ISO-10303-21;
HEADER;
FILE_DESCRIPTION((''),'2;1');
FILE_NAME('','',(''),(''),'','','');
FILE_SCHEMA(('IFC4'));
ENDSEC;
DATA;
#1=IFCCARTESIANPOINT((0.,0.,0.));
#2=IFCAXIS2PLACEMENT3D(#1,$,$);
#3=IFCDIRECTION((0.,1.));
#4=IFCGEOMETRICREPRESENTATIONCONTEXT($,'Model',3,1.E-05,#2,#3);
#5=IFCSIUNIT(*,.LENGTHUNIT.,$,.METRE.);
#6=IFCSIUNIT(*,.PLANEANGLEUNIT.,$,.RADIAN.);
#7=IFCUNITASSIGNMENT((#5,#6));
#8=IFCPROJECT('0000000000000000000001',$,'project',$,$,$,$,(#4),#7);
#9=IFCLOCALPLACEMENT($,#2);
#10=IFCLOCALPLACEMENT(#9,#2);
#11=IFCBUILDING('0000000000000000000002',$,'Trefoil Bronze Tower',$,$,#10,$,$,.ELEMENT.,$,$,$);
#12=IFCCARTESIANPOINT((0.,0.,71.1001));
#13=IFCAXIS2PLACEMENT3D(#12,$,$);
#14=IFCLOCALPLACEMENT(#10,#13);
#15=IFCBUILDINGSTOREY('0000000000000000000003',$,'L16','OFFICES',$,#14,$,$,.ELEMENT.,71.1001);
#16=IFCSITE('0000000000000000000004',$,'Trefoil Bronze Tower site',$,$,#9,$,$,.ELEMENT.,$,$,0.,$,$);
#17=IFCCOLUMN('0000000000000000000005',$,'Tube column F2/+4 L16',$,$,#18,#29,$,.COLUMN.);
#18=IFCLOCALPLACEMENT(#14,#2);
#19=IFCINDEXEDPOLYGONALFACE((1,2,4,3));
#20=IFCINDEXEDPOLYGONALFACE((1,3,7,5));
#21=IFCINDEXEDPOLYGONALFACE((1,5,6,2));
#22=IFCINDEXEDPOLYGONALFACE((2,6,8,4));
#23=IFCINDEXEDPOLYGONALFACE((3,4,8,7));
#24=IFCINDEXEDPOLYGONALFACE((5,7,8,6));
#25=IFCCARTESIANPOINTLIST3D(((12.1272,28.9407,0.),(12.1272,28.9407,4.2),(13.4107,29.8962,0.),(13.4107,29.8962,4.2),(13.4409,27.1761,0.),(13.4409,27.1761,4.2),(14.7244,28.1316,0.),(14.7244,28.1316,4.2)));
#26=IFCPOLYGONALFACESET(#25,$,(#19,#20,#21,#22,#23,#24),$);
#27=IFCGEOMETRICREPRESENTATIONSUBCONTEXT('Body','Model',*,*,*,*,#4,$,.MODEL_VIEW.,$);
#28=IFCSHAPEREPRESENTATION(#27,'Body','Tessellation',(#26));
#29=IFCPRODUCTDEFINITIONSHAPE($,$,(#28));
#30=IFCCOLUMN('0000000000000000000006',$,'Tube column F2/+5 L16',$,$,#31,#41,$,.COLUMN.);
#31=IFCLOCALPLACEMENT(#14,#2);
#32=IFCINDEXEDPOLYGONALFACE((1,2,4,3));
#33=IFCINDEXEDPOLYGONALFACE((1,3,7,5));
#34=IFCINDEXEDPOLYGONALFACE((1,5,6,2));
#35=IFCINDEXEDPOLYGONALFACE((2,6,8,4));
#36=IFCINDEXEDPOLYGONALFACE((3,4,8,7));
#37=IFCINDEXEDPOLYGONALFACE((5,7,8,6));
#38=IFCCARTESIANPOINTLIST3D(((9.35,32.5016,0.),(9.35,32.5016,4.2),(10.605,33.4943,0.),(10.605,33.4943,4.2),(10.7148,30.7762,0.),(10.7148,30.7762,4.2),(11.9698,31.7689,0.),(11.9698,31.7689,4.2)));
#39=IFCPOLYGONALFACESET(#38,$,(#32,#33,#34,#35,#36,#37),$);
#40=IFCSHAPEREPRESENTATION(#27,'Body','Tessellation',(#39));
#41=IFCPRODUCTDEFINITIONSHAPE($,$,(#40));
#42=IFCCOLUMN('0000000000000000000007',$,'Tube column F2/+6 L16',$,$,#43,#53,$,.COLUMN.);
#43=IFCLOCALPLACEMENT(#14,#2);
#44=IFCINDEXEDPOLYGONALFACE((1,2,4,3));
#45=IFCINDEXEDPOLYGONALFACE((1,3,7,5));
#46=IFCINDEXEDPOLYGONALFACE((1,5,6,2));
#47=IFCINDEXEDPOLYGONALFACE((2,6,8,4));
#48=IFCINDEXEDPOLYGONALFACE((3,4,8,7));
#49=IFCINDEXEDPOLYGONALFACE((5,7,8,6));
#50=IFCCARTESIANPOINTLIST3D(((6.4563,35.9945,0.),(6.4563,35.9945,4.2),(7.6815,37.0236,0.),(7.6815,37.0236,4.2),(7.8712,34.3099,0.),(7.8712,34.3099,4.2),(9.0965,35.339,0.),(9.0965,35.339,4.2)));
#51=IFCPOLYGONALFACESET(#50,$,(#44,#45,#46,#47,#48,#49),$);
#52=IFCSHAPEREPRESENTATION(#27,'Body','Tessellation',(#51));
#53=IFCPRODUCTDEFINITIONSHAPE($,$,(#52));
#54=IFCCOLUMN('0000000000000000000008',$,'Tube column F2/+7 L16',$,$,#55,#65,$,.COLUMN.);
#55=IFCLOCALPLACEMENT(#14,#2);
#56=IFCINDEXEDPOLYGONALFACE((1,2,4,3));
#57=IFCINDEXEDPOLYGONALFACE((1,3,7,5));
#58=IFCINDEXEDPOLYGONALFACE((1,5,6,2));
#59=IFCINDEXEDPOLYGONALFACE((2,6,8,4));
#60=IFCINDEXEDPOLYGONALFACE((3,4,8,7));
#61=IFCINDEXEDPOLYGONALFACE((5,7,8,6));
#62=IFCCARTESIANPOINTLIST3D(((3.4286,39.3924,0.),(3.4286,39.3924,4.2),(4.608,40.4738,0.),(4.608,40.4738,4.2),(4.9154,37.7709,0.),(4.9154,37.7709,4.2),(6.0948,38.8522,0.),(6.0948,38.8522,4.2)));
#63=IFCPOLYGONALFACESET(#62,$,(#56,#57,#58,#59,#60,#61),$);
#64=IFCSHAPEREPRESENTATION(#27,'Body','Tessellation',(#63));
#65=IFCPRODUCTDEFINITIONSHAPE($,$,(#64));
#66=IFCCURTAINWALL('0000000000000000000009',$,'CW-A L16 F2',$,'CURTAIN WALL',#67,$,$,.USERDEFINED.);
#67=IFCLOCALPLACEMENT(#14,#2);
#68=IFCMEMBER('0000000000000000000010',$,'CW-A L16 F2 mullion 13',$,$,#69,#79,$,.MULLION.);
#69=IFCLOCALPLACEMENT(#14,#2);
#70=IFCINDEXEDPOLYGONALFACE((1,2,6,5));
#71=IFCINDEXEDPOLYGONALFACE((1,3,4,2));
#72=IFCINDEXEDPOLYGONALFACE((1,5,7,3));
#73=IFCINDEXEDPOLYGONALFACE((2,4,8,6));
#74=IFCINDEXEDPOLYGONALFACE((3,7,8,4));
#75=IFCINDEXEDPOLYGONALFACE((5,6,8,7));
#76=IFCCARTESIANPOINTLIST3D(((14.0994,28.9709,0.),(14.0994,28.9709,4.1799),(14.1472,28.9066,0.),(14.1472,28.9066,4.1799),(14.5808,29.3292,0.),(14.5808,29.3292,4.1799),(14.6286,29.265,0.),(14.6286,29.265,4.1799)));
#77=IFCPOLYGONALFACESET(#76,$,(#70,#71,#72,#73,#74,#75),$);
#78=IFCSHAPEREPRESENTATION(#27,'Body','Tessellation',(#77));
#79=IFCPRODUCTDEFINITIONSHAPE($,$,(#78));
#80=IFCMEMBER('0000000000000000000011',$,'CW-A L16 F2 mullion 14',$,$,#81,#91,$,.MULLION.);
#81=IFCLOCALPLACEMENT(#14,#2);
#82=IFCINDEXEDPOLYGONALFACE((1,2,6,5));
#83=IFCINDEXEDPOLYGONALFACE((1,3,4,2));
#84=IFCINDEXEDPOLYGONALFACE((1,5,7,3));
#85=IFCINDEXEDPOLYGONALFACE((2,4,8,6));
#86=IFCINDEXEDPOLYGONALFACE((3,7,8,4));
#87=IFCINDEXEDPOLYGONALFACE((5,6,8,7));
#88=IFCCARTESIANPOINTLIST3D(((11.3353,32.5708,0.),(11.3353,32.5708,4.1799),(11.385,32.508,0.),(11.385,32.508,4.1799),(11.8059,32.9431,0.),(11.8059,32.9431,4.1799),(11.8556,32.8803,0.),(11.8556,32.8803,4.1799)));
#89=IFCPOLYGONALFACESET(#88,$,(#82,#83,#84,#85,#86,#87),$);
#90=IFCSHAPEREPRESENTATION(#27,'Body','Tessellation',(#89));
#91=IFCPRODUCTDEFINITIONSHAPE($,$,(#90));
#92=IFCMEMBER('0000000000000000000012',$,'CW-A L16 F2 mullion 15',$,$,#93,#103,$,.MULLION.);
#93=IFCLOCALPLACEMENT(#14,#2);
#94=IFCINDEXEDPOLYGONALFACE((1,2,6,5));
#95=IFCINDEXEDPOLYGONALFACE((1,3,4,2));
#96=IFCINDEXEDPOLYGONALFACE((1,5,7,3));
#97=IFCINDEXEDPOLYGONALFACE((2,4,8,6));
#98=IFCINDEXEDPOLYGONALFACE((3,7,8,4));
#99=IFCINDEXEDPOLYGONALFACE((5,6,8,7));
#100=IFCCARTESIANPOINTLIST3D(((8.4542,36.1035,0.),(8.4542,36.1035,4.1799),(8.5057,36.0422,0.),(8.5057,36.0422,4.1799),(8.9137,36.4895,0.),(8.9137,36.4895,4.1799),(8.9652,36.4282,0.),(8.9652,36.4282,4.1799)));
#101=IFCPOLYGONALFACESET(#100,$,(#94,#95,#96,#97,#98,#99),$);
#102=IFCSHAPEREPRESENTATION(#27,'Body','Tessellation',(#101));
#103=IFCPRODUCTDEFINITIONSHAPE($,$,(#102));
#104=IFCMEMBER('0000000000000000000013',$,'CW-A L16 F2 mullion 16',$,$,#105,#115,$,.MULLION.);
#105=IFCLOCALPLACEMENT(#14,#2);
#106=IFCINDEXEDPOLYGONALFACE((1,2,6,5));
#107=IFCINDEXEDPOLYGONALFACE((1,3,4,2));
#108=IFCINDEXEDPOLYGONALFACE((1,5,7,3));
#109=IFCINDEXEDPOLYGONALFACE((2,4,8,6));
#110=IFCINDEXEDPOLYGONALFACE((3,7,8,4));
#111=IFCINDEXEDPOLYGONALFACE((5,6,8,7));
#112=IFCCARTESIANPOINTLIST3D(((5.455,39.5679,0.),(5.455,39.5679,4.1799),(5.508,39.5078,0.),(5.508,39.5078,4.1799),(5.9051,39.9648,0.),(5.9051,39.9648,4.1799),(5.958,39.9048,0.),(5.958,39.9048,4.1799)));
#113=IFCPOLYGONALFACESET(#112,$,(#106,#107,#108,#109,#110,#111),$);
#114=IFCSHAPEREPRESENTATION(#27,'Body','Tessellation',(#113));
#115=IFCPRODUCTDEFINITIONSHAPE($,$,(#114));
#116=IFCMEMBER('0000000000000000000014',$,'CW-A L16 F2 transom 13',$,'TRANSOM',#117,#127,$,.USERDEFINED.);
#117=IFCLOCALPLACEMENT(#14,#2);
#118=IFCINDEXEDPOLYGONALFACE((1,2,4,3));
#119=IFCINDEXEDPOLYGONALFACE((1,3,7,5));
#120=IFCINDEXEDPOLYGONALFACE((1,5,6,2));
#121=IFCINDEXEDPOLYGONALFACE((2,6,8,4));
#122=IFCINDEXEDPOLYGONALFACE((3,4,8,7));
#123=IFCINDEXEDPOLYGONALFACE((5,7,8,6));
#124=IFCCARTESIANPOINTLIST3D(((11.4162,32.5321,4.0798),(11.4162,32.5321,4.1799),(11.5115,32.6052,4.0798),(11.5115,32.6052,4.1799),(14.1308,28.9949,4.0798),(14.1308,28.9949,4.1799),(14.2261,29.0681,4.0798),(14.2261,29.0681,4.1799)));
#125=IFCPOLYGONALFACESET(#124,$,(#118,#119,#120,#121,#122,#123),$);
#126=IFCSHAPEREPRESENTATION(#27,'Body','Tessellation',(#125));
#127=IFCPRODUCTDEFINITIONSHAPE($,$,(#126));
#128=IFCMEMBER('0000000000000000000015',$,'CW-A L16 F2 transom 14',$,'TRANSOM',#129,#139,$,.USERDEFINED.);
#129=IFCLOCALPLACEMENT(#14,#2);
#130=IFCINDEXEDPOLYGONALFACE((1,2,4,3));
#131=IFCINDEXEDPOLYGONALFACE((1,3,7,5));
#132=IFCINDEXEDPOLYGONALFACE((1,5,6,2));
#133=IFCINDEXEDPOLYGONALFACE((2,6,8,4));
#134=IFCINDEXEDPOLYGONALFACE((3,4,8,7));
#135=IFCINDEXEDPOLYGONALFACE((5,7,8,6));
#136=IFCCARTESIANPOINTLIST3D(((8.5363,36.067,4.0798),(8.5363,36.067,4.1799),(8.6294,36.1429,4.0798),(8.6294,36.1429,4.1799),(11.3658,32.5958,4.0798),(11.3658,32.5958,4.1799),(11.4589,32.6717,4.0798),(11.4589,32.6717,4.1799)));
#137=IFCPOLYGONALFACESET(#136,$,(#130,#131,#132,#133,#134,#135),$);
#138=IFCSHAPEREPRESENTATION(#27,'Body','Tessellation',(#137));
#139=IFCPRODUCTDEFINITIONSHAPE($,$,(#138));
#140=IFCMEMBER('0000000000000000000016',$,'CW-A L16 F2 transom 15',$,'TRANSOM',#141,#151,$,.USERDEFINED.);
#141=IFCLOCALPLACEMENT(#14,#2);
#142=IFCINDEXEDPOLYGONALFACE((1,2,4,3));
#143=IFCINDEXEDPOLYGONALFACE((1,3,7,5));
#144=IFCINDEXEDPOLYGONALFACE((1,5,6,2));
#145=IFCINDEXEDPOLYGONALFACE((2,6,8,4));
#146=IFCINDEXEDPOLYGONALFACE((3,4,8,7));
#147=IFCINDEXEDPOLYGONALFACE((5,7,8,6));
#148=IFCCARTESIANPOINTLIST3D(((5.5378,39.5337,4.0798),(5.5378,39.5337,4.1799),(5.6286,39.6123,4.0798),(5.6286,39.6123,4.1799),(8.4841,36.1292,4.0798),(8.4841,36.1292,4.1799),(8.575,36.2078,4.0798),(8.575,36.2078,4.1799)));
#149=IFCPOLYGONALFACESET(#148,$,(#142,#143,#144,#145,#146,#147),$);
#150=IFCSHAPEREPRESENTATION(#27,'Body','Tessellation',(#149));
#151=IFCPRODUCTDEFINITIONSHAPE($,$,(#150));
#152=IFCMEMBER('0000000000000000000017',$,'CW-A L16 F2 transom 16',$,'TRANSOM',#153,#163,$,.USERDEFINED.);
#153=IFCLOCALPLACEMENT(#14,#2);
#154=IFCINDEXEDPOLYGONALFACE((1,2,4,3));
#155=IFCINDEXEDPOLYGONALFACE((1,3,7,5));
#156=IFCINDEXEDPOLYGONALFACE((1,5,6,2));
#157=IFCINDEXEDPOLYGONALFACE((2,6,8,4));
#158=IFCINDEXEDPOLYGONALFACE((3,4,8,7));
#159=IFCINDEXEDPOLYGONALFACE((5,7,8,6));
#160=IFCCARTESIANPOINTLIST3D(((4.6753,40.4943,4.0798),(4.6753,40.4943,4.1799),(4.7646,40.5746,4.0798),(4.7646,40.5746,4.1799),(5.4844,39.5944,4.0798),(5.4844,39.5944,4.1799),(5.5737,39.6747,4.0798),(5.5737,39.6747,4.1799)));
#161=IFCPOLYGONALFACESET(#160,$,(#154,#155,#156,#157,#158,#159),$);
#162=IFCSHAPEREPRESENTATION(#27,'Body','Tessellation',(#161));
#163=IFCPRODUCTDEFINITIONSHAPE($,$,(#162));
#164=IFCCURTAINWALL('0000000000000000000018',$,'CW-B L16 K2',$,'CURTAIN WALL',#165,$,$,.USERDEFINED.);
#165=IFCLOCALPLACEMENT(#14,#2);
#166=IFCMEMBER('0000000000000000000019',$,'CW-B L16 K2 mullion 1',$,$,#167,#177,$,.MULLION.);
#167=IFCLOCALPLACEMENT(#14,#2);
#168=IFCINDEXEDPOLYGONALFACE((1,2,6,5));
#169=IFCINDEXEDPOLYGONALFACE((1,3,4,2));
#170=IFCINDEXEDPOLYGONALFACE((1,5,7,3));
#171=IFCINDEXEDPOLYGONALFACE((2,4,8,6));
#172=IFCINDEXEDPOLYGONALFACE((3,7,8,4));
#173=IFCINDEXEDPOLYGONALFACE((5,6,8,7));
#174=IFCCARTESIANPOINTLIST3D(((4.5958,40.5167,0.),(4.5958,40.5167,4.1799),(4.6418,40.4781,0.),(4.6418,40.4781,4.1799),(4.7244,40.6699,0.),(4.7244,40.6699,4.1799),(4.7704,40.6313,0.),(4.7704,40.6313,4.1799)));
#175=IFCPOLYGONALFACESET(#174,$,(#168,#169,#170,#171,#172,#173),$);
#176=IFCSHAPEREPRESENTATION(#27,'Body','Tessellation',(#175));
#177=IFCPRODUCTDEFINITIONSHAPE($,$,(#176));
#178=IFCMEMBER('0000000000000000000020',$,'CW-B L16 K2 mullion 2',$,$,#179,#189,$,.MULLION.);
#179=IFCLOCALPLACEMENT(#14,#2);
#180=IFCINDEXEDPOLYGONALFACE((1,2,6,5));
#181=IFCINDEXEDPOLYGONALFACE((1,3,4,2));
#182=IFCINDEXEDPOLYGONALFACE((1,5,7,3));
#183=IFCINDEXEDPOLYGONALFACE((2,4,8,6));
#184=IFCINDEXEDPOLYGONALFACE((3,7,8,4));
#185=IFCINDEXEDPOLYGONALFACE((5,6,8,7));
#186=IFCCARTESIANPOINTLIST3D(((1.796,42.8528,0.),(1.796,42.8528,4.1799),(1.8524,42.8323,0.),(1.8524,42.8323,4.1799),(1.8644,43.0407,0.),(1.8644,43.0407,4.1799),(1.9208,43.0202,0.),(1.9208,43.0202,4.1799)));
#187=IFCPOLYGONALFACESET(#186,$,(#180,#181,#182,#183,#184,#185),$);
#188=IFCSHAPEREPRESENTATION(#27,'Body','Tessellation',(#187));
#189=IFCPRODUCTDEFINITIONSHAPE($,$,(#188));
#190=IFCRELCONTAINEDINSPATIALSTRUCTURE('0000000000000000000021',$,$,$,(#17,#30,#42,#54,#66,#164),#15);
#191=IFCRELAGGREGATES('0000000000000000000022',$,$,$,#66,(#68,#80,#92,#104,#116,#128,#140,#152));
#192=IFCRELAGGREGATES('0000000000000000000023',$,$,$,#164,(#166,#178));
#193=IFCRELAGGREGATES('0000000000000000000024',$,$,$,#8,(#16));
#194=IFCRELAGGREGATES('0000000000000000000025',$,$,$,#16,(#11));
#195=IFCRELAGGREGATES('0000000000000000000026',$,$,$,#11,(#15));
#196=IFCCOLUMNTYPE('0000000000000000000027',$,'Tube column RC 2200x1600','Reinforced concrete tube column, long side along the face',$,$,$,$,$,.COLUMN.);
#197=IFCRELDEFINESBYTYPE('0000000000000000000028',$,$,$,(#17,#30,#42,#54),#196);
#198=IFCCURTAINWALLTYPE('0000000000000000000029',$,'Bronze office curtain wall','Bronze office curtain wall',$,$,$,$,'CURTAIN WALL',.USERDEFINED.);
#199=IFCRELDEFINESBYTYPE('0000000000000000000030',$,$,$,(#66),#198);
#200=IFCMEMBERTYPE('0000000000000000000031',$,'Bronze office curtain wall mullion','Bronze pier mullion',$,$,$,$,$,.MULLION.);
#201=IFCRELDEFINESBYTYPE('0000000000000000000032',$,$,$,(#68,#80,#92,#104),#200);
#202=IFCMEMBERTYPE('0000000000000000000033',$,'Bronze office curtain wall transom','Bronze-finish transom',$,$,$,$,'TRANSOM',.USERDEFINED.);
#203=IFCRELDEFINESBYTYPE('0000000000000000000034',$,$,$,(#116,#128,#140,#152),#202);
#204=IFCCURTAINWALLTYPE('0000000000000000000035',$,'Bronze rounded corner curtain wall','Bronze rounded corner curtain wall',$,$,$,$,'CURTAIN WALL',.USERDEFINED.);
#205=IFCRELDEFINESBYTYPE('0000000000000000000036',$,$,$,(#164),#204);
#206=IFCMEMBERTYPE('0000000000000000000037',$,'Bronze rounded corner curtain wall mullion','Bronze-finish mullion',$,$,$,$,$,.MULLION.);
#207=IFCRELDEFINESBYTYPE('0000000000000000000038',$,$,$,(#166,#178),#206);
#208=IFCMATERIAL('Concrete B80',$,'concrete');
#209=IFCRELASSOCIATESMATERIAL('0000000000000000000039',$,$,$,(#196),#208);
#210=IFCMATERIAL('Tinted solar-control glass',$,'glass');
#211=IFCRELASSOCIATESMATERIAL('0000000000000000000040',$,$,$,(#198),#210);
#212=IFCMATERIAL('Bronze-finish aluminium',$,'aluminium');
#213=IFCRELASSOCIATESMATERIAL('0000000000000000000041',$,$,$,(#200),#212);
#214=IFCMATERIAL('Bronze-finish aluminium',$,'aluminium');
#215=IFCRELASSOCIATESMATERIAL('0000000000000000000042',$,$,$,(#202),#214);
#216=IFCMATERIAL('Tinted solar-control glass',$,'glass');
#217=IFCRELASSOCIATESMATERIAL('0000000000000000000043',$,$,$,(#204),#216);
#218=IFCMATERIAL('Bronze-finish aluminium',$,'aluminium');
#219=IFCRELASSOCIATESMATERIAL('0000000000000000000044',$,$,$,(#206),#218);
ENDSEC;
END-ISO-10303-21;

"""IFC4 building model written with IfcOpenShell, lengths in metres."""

from ifc_helpers import new_model, si_unit, direction, frame, origin, origin_2d, place, context, subcontext, project, spatial, rectangle, extrude, material, material_profile, profile_set, type_object, element, aggregate, save


model = new_model("IFC4")

# Units and contexts
model_context = context("Model", 3, precision=1e-05, world=origin(), true_north=direction((0.0, 1.0)))
body_context = subcontext(model_context, "Body", "Model", "MODEL_VIEW")
ifc_project = project(units=[si_unit("LENGTHUNIT", "METRE"), si_unit("PLANEANGLEUNIT", "RADIAN")], contexts=[model_context])

# Site, building, storey
site_placement = place(None, origin())
site = spatial("IfcSite", under=ifc_project, at=site_placement, Name="Trefoil Bronze Tower site", CompositionType="ELEMENT", RefElevation=0.0)
building_placement = place(site_placement, origin())
building = spatial("IfcBuilding", under=site, at=building_placement, Name="Trefoil Bronze Tower", CompositionType="ELEMENT")
storey_placement = place(building_placement, frame((0.0, 0.0, 71.1001)))
storey = spatial("IfcBuildingStorey", under=building, at=storey_placement, Name="L16", Description="OFFICES", CompositionType="ELEMENT", Elevation=71.1001)

# Columns
ifc_material_1 = material(Name="Concrete B80", Category="concrete")
ifc_material_profile_1 = material_profile(ifc_material_1, rectangle(XDim=2.2, YDim=1.6001, at=origin_2d()), Name="RC 2200x1600")
ifc_profile_set_1 = profile_set([ifc_material_profile_1], Name="Concrete B80")
column_type = type_object("IfcColumnType", Name="Tube column RC 2200x1600", Description="Reinforced concrete tube column, long side along the face", PredefinedType="COLUMN", material=ifc_profile_set_1)
for number, where, z_axis, x_axis, name in (
    (1, (13.4258, 28.5361, 0.0), (0.0, 0.0, 1.0), (-0.597154, 0.802127, 0.0), "Tube column F2/+4 L16"),
    (2, (10.6599, 32.1353, 0.0), (0.0, 0.0, 1.0), (-0.620376, 0.784305, 0.0), "Tube column F2/+5 L16"),
    (3, (7.7764, 35.6667, 0.0), (0.0, 0.0, 1.0), (-0.643163, 0.765729, 0.0), "Tube column F2/+6 L16"),
    (4, (4.7617, 39.1223, 0.0), (0.0, 0.0, 1.0), (-0.675816, 0.73707, 0.0), "Tube column F2/+7 L16"),
):
    element("IfcColumn", number, at=place(storey_placement, frame(where, z_axis=z_axis, x_axis=x_axis)), inside=storey, type_object=column_type, Name=name, PredefinedType="COLUMN", context=body_context, shape_type="SweptSolid", body=[
        extrude(rectangle(XDim=2.2, YDim=1.6001, at=origin_2d()), origin(), (0.0, 0.0, 1.0), 4.2),
    ])

# Curtain walls, members
ifc_material_2 = material(Name="Tinted solar-control glass", Category="glass")
curtain_wall_type_1 = type_object("IfcCurtainWallType", Name="Bronze office curtain wall", Description="Bronze office curtain wall", ElementType="CURTAIN WALL", PredefinedType="USERDEFINED", material=ifc_material_2)
curtain_wall_1_placement = place(storey_placement, origin())
curtain_wall_1 = element("IfcCurtainWall", 5, at=curtain_wall_1_placement, inside=storey, type_object=curtain_wall_type_1, Name="CW-A L16 F2", ObjectType="CURTAIN WALL", PredefinedType="USERDEFINED")
ifc_material_3 = material(Name="Bronze-finish aluminium", Category="aluminium")
ifc_material_profile_2 = material_profile(ifc_material_3, rectangle(XDim=0.6001, YDim=0.0801, at=origin_2d()), Name="CW-A mullion")
ifc_profile_set_2 = profile_set([ifc_material_profile_2], Name="Bronze-finish aluminium")
member_type_1 = type_object("IfcMemberType", Name="Bronze office curtain wall mullion", Description="Bronze pier mullion", PredefinedType="MULLION", material=ifc_profile_set_2)
member_1_placement = place(storey_placement, frame((14.364, 29.1179, 0.0), z_axis=(0.0, 0.0, 1.0), x_axis=(-0.802127, -0.597154, 0.0)))
member_1 = element("IfcMember", 6, at=member_1_placement, type_object=member_type_1, Name="CW-A L16 F2 mullion 13", PredefinedType="MULLION", context=body_context, shape_type="SweptSolid", body=[
    extrude(rectangle(XDim=0.6001, YDim=0.0801, at=origin_2d()), origin(), (0.0, 0.0, 1.0), 4.1799),
])
member_2_placement = place(storey_placement, frame((11.5955, 32.7256, 0.0), z_axis=(0.0, 0.0, 1.0), x_axis=(-0.784305, -0.620376, 0.0)))
member_2 = element("IfcMember", 7, at=member_2_placement, type_object=member_type_1, Name="CW-A L16 F2 mullion 14", PredefinedType="MULLION", context=body_context, shape_type="SweptSolid", body=[
    extrude(rectangle(XDim=0.6001, YDim=0.0801, at=origin_2d()), origin(), (0.0, 0.0, 1.0), 4.1799),
])
member_3_placement = place(storey_placement, frame((8.7097, 36.2659, 0.0), z_axis=(0.0, 0.0, 1.0), x_axis=(-0.765729, -0.643163, 0.0)))
member_3 = element("IfcMember", 8, at=member_3_placement, type_object=member_type_1, Name="CW-A L16 F2 mullion 15", PredefinedType="MULLION", context=body_context, shape_type="SweptSolid", body=[
    extrude(rectangle(XDim=0.6001, YDim=0.0801, at=origin_2d()), origin(), (0.0, 0.0, 1.0), 4.1799),
])
member_4_placement = place(storey_placement, frame((5.7065, 39.7363, 0.0), z_axis=(0.0, 0.0, 1.0), x_axis=(-0.749941, -0.661505, 0.0)))
member_4 = element("IfcMember", 9, at=member_4_placement, type_object=member_type_1, Name="CW-A L16 F2 mullion 16", PredefinedType="MULLION", context=body_context, shape_type="SweptSolid", body=[
    extrude(rectangle(XDim=0.6001, YDim=0.0801, at=origin_2d()), origin(), (0.0, 0.0, 1.0), 4.1799),
])
ifc_material_4 = material(Name="Bronze-finish aluminium", Category="aluminium")
ifc_material_profile_3 = material_profile(ifc_material_4, rectangle(XDim=0.1201, YDim=0.1001, at=origin_2d()), Name="CW-A transom")
ifc_profile_set_3 = profile_set([ifc_material_profile_3], Name="Bronze-finish aluminium")
member_type_2 = type_object("IfcMemberType", Name="Bronze office curtain wall transom", Description="Bronze-finish transom", ElementType="TRANSOM", PredefinedType="USERDEFINED", material=ifc_profile_set_3)
member_5_placement = place(storey_placement, frame((14.1785, 29.0315, 4.1299), z_axis=(-0.608829, 0.793301, 0.0), x_axis=(-0.793301, -0.608829, 0.0)))
member_5 = element("IfcMember", 10, at=member_5_placement, type_object=member_type_2, Name="CW-A L16 F2 transom 13", ObjectType="TRANSOM", PredefinedType="USERDEFINED", context=body_context, shape_type="SweptSolid", body=[
    extrude(rectangle(XDim=0.1201, YDim=0.1001, at=origin_2d()), origin(), (0.0, 0.0, 1.0), 4.4587),
])
member_6_placement = place(storey_placement, frame((11.4124, 32.6338, 4.1299), z_axis=(-0.631836, 0.775102, 0.0), x_axis=(-0.775102, -0.631836, 0.0)))
member_6 = element("IfcMember", 11, at=member_6_placement, type_object=member_type_2, Name="CW-A L16 F2 transom 14", ObjectType="TRANSOM", PredefinedType="USERDEFINED", context=body_context, shape_type="SweptSolid", body=[
    extrude(rectangle(XDim=0.1201, YDim=0.1001, at=origin_2d()), origin(), (0.0, 0.0, 1.0), 4.4783),
])
member_7_placement = place(storey_placement, frame((8.5295, 36.1685, 4.1299), z_axis=(-0.654383, 0.756163, 0.0), x_axis=(-0.756163, -0.654383, 0.0)))
member_7 = element("IfcMember", 12, at=member_7_placement, type_object=member_type_2, Name="CW-A L16 F2 transom 15", ObjectType="TRANSOM", PredefinedType="USERDEFINED", context=body_context, shape_type="SweptSolid", body=[
    extrude(rectangle(XDim=0.1201, YDim=0.1001, at=origin_2d()), origin(), (0.0, 0.0, 1.0), 4.5024),
])
member_8_placement = place(storey_placement, frame((5.5291, 39.6345, 4.1299), z_axis=(-0.668586, 0.743635, 0.0), x_axis=(-0.743635, -0.668586, 0.0)))
member_8 = element("IfcMember", 13, at=member_8_placement, type_object=member_type_2, Name="CW-A L16 F2 transom 16", ObjectType="TRANSOM", PredefinedType="USERDEFINED", context=body_context, shape_type="SweptSolid", body=[
    extrude(rectangle(XDim=0.1201, YDim=0.1001, at=origin_2d()), origin(), (0.0, 0.0, 1.0), 1.2102),
])
ifc_material_5 = material(Name="Tinted solar-control glass", Category="glass")
curtain_wall_type_2 = type_object("IfcCurtainWallType", Name="Bronze rounded corner curtain wall", Description="Bronze rounded corner curtain wall", ElementType="CURTAIN WALL", PredefinedType="USERDEFINED", material=ifc_material_5)
curtain_wall_2_placement = place(storey_placement, origin())
curtain_wall_2 = element("IfcCurtainWall", 14, at=curtain_wall_2_placement, inside=storey, type_object=curtain_wall_type_2, Name="CW-B L16 K2", ObjectType="CURTAIN WALL", PredefinedType="USERDEFINED")
ifc_material_6 = material(Name="Bronze-finish aluminium", Category="aluminium")
ifc_material_profile_4 = material_profile(ifc_material_6, rectangle(XDim=0.2, YDim=0.0601, at=origin_2d()), Name="CW-B mullion")
ifc_profile_set_4 = profile_set([ifc_material_profile_4], Name="Bronze-finish aluminium")
member_type_3 = type_object("IfcMemberType", Name="Bronze rounded corner curtain wall mullion", Description="Bronze-finish mullion", PredefinedType="MULLION", material=ifc_profile_set_4)
member_9_placement = place(storey_placement, frame((4.6831, 40.574, 0.0), z_axis=(0.0, 0.0, 1.0), x_axis=(-0.642788, -0.766044, 0.0)))
member_9 = element("IfcMember", 15, at=member_9_placement, type_object=member_type_3, Name="CW-B L16 K2 mullion 1", PredefinedType="MULLION", context=body_context, shape_type="SweptSolid", body=[
    extrude(rectangle(XDim=0.2, YDim=0.0601, at=origin_2d()), origin(), (0.0, 0.0, 1.0), 4.1799),
])
member_10_placement = place(storey_placement, frame((1.8584, 42.9365, 0.0), z_axis=(0.0, 0.0, 1.0), x_axis=(-0.34202, -0.939693, 0.0)))
member_10 = element("IfcMember", 16, at=member_10_placement, type_object=member_type_3, Name="CW-B L16 K2 mullion 2", PredefinedType="MULLION", context=body_context, shape_type="SweptSolid", body=[
    extrude(rectangle(XDim=0.2, YDim=0.0601, at=origin_2d()), origin(), (0.0, 0.0, 1.0), 4.1799),
])

aggregate(curtain_wall_1, [member_1, member_2, member_3, member_4, member_5, member_6, member_7, member_8])
aggregate(curtain_wall_2, [member_9, member_10])

save(model, "model.ifc")
